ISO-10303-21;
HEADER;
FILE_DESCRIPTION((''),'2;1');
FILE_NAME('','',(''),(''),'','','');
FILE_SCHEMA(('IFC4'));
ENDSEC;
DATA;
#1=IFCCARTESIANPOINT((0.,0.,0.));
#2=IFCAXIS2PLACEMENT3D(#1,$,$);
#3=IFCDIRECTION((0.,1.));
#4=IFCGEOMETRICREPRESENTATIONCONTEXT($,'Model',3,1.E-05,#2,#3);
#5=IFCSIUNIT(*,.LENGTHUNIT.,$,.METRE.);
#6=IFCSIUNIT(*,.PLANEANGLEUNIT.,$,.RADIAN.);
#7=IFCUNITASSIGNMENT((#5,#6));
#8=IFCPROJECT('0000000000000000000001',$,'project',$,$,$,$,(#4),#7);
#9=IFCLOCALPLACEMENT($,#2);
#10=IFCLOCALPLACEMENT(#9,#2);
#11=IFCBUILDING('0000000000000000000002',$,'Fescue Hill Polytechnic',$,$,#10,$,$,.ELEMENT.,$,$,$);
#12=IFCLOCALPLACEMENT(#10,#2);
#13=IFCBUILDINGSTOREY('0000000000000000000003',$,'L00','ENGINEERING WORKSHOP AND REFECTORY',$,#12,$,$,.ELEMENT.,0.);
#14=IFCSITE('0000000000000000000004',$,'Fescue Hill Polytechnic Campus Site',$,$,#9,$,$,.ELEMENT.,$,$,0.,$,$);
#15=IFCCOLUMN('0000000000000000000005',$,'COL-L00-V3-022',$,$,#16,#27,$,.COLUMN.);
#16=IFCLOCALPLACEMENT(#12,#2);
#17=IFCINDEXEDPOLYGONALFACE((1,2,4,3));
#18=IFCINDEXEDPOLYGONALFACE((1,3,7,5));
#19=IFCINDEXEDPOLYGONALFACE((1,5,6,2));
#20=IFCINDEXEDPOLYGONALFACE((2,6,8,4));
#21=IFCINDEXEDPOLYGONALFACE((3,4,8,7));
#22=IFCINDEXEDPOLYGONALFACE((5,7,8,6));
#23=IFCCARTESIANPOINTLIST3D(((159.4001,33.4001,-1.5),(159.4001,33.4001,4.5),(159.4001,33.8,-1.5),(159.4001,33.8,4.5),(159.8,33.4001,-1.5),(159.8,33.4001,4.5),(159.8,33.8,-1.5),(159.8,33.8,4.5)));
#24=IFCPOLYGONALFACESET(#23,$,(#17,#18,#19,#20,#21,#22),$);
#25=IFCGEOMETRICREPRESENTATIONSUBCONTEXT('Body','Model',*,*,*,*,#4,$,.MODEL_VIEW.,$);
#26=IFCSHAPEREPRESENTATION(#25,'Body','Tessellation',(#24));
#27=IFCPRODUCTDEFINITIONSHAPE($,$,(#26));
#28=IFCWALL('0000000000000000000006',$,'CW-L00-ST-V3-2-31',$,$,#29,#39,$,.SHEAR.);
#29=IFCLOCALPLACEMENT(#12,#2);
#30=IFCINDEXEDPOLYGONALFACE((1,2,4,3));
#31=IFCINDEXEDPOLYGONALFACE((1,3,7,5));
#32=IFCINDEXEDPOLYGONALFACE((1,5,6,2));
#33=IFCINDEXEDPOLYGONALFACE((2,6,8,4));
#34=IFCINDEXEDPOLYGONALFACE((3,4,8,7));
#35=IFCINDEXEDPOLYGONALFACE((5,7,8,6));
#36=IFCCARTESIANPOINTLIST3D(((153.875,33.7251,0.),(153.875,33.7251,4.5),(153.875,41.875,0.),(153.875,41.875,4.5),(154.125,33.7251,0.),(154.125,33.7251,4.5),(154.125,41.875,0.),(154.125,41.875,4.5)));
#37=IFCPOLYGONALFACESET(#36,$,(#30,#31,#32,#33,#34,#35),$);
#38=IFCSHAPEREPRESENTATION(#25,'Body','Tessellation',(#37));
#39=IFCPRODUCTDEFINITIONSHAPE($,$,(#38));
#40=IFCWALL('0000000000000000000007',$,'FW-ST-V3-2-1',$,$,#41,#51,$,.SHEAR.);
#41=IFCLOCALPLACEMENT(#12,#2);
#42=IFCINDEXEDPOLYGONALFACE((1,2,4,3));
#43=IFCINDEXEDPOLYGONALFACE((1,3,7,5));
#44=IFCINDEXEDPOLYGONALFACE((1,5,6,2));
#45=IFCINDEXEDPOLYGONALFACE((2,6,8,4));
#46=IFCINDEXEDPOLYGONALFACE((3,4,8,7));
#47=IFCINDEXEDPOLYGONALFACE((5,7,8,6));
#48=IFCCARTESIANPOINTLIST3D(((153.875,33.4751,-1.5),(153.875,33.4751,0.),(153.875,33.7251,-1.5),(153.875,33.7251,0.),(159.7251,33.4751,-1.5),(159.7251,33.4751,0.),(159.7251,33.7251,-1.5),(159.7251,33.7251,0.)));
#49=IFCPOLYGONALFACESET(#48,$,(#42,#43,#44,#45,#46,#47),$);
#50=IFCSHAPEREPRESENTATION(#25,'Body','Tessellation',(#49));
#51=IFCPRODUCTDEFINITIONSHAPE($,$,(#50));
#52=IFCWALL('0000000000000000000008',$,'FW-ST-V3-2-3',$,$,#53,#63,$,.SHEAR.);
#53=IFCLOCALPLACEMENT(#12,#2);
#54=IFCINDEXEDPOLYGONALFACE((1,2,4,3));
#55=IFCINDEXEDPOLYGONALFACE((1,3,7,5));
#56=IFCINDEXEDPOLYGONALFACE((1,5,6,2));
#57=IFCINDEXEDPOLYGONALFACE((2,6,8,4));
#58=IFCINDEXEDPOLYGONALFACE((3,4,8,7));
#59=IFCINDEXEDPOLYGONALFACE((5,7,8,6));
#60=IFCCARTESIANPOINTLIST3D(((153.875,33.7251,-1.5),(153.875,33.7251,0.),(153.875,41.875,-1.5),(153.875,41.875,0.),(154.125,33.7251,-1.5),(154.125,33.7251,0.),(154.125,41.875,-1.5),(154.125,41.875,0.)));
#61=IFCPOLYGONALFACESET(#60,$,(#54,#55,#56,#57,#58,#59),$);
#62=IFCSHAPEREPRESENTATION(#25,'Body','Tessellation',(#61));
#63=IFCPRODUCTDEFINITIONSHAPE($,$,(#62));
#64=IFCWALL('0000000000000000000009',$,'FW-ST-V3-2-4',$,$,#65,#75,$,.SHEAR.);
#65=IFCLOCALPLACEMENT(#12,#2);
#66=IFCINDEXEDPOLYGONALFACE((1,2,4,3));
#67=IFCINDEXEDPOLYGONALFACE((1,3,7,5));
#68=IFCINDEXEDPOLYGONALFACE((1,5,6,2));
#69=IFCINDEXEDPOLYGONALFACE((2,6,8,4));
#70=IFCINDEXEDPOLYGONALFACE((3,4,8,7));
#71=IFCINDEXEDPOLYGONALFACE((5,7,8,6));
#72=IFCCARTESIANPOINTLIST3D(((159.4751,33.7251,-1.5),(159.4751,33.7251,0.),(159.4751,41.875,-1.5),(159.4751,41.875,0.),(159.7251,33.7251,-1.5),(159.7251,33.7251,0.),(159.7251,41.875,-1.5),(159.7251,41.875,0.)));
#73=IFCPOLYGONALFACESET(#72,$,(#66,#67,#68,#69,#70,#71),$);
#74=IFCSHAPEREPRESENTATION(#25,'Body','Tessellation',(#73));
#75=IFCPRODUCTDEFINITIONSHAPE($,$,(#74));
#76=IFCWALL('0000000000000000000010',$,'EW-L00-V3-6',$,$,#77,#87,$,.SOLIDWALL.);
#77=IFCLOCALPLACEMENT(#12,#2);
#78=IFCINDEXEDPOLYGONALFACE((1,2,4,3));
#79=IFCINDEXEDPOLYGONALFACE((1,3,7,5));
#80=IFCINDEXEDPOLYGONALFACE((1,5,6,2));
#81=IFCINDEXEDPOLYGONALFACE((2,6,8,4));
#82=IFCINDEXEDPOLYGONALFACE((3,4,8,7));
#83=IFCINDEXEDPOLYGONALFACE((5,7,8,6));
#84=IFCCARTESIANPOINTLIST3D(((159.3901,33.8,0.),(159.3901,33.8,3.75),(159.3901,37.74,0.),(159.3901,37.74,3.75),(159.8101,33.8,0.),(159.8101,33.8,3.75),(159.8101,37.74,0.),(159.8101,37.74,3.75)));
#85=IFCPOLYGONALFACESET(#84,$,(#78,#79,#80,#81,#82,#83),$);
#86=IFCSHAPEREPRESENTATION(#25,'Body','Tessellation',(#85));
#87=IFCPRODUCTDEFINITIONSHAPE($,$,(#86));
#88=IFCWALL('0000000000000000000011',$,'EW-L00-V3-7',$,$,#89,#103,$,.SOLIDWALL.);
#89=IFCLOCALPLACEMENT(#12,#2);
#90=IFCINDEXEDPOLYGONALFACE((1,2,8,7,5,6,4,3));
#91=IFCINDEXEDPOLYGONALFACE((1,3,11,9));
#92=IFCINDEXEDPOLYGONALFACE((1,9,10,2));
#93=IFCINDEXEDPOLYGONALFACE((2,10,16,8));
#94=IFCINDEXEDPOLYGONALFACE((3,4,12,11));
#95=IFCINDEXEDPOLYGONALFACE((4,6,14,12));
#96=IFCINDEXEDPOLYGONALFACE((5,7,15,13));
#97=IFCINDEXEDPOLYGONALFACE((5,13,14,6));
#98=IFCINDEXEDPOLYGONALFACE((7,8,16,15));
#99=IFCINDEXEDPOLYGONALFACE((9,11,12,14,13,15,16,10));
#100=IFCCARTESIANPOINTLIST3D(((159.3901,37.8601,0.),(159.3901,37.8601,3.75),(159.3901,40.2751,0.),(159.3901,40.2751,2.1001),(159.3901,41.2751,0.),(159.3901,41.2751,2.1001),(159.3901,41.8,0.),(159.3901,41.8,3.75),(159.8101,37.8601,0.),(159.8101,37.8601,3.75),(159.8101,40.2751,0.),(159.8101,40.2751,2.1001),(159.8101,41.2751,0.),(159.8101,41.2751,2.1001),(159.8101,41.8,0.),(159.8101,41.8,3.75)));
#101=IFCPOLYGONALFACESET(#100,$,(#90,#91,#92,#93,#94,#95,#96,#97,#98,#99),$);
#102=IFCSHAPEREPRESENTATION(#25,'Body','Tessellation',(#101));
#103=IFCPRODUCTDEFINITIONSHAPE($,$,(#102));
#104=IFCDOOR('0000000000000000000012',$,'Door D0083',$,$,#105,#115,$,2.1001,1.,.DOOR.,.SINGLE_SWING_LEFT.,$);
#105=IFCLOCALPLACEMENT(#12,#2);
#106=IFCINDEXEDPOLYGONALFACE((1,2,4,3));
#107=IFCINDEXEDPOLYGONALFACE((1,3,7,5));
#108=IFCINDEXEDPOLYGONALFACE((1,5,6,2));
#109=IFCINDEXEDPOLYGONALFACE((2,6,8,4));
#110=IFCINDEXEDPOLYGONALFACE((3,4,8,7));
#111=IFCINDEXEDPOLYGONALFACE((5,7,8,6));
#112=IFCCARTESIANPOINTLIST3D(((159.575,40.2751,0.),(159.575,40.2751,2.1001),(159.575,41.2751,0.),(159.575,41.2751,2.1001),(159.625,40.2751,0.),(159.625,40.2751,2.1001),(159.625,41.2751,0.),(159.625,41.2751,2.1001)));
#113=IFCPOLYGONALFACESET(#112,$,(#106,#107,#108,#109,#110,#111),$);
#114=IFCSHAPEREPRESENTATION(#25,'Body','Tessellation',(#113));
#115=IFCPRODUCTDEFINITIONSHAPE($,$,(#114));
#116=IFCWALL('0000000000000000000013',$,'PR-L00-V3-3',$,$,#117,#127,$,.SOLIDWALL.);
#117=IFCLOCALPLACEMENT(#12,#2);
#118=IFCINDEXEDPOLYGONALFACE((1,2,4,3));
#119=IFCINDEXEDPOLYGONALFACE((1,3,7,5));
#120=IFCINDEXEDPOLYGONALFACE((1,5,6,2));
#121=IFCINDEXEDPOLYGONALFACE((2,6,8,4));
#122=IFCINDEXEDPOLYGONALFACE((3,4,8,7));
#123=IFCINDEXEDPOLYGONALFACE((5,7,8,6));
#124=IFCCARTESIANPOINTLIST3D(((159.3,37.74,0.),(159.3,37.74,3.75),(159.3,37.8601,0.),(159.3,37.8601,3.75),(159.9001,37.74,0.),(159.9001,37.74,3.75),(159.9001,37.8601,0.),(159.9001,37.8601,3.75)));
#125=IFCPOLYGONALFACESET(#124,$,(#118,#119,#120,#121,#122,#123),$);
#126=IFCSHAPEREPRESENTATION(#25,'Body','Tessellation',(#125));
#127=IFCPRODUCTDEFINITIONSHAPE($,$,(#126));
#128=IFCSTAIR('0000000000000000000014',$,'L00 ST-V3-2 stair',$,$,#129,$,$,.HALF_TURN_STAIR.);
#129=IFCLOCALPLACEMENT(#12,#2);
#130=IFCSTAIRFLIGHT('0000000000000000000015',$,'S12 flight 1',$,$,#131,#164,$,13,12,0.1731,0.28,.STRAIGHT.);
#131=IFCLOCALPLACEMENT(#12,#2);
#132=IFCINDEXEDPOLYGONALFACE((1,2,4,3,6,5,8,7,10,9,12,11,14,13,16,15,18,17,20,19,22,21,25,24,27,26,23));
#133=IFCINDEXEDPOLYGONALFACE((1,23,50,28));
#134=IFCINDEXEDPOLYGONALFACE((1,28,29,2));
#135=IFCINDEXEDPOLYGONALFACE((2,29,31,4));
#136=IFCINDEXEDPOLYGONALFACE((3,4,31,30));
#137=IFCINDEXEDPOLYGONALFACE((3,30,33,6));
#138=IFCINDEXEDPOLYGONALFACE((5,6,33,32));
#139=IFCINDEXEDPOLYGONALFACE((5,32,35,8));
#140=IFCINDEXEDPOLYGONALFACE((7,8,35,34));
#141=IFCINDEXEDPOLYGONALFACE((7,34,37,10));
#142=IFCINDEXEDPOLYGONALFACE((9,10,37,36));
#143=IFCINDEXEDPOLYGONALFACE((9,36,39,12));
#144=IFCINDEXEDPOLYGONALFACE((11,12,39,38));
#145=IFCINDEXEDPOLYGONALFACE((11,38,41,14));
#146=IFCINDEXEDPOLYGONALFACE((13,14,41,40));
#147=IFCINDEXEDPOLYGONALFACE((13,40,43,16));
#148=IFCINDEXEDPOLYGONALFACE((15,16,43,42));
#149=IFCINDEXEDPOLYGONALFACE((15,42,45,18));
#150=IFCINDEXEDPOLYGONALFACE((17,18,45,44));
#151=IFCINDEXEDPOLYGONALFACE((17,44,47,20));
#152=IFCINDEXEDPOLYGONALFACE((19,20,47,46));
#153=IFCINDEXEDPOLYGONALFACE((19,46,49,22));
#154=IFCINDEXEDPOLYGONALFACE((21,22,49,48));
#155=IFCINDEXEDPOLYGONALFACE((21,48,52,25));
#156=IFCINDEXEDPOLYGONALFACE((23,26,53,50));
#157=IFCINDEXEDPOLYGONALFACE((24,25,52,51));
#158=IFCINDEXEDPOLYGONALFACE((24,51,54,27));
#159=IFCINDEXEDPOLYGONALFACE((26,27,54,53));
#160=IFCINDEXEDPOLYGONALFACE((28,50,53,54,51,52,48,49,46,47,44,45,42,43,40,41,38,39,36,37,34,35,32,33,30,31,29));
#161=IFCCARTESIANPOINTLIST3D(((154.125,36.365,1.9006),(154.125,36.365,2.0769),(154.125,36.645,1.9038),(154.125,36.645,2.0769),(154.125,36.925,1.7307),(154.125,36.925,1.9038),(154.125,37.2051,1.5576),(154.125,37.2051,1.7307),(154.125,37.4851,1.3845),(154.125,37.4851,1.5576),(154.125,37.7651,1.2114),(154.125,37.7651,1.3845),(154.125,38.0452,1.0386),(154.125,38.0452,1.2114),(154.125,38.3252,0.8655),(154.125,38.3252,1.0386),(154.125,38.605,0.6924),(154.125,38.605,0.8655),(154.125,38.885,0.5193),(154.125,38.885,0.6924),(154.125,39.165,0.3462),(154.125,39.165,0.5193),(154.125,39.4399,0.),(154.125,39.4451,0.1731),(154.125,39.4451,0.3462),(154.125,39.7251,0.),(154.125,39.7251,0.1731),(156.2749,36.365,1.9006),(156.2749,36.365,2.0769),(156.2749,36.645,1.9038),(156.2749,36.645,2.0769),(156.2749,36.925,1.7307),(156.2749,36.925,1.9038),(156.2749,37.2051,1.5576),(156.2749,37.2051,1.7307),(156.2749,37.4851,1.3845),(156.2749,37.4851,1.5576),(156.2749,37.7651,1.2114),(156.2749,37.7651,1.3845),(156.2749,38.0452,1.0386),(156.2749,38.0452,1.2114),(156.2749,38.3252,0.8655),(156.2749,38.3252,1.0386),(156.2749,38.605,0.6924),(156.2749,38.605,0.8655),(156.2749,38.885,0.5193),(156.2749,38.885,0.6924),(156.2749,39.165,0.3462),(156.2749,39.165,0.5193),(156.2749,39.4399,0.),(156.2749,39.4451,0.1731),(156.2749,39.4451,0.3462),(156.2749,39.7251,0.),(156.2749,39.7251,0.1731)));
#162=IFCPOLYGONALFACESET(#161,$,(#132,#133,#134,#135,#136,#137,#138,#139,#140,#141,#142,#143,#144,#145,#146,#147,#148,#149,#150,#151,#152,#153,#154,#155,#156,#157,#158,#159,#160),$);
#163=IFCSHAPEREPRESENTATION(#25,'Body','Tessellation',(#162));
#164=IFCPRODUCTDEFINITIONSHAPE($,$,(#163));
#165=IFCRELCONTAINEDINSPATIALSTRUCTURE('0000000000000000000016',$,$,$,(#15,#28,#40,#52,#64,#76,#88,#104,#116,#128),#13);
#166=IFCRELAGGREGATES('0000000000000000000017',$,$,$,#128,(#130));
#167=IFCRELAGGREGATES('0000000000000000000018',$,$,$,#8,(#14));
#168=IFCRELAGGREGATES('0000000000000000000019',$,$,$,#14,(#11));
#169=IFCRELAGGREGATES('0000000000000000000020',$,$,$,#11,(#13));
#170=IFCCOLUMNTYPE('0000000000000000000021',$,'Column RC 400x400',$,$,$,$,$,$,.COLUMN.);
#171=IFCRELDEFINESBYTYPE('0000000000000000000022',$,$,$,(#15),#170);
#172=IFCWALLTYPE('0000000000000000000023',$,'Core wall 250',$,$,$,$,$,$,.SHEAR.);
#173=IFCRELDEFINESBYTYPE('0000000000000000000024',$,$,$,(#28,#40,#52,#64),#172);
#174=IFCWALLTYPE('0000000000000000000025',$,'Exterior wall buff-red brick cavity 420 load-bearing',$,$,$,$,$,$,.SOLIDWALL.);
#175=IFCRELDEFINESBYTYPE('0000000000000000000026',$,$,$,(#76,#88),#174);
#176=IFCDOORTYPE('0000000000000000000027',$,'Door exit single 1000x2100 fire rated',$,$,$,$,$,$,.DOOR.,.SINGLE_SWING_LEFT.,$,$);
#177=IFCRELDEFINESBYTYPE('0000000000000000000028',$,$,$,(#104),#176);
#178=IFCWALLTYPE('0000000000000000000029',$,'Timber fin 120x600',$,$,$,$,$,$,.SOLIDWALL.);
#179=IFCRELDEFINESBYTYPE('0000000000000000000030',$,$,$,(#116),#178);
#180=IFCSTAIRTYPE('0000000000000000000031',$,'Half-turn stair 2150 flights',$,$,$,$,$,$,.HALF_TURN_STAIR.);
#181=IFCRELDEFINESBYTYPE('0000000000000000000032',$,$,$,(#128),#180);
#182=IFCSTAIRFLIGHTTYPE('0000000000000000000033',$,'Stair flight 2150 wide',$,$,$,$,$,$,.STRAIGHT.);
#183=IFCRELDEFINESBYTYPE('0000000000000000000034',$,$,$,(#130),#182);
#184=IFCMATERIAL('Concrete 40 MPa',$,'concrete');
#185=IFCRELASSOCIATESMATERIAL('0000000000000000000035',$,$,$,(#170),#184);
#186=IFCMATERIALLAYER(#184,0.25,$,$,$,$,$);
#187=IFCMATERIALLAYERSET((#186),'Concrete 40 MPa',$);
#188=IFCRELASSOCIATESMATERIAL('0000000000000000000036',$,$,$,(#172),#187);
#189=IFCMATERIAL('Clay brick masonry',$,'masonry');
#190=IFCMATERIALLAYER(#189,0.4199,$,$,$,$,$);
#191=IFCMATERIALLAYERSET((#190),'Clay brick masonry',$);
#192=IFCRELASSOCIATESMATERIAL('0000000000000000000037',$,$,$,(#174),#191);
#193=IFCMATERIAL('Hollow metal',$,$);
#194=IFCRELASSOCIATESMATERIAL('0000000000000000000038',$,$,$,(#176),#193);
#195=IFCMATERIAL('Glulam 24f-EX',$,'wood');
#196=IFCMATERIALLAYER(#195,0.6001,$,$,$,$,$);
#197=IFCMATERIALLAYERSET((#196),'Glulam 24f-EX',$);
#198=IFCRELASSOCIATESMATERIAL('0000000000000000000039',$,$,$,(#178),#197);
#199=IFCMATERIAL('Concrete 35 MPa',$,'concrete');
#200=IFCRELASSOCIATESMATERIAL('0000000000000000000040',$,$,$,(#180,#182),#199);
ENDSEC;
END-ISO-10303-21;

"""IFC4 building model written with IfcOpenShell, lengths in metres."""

from ifc_helpers import new_model, si_unit, direction, frame, frame_2d, origin, origin_2d, place, context, subcontext, project, spatial, polyline, rectangle, outline, extrude, material, layer, layer_set, material_profile, profile_set, type_object, element, fill, aggregate, save


model = new_model("IFC4")

# Units and contexts
model_context = context("Model", 3, precision=1e-05, world=origin(), true_north=direction((0.0, 1.0)))
body_context = subcontext(model_context, "Body", "Model", "MODEL_VIEW")
ifc_project = project(units=[si_unit("LENGTHUNIT", "METRE"), si_unit("PLANEANGLEUNIT", "RADIAN")], contexts=[model_context])

# Site, building, storey
site_placement = place(None, origin())
site = spatial("IfcSite", under=ifc_project, at=site_placement, Name="Fescue Hill Polytechnic Campus Site", CompositionType="ELEMENT", RefElevation=0.0)
building_placement = place(site_placement, origin())
building = spatial("IfcBuilding", under=site, at=building_placement, Name="Fescue Hill Polytechnic", CompositionType="ELEMENT")
storey_placement = place(building_placement, origin())
storey = spatial("IfcBuildingStorey", under=building, at=storey_placement, Name="L00", Description="ENGINEERING WORKSHOP AND REFECTORY", CompositionType="ELEMENT", Elevation=0.0)

# Column
ifc_material_1 = material(Name="Concrete 40 MPa", Category="concrete")
ifc_material_profile = material_profile(ifc_material_1, rectangle(XDim=0.3999, YDim=0.3999, at=origin_2d()), Name="RC 400x400")
ifc_profile_set = profile_set([ifc_material_profile], Name="Concrete 40 MPa")
column_type = type_object("IfcColumnType", Name="Column RC 400x400", PredefinedType="COLUMN", material=ifc_profile_set)
column_placement = place(storey_placement, frame((159.6001, 33.6001, -1.5), z_axis=(0.0, 0.0, 1.0), x_axis=(1.0, 0.0, 0.0)))
element("IfcColumn", 1, at=column_placement, inside=storey, type_object=column_type, Name="COL-L00-V3-022", PredefinedType="COLUMN", context=body_context, shape_type="SweptSolid", body=[
    extrude(rectangle(XDim=0.3999, YDim=0.3999, at=origin_2d()), origin(), (0.0, 0.0, 1.0), 6.0),
])

# Walls
ifc_layer_1 = layer(ifc_material_1, 0.25)
ifc_layer_set_1 = layer_set([ifc_layer_1], Name="Concrete 40 MPa")
wall_type_1 = type_object("IfcWallType", Name="Core wall 250", PredefinedType="SHEAR", material=ifc_layer_set_1)
wall_1_placement = place(storey_placement, frame((154.0, 33.7251, 0.0), z_axis=(0.0, 0.0, 1.0), x_axis=(0.0, 1.0, 0.0)))
element("IfcWall", 2, at=wall_1_placement, inside=storey, type_object=wall_type_1, Name="CW-L00-ST-V3-2-31", PredefinedType="SHEAR", context=body_context, shape_type="SweptSolid", body=[
    extrude(rectangle(XDim=8.1499, YDim=0.25, at=frame_2d((4.075, 0.0))), origin(), (0.0, 0.0, 1.0), 4.5),
])
wall_2_placement = place(storey_placement, frame((153.875, 33.6001, -1.5), z_axis=(0.0, 0.0, 1.0), x_axis=(1.0, 0.0, 0.0)))
element("IfcWall", 3, at=wall_2_placement, inside=storey, type_object=wall_type_1, Name="FW-ST-V3-2-1", PredefinedType="SHEAR", context=body_context, shape_type="SweptSolid", body=[
    extrude(rectangle(XDim=5.8501, YDim=0.25, at=frame_2d((2.925, 0.0))), origin(), (0.0, 0.0, 1.0), 1.5),
])
for number, where, z_axis, x_axis, name in (
    (4, (154.0, 33.7251, -1.5), (0.0, 0.0, 1.0), (0.0, 1.0, 0.0), "FW-ST-V3-2-3"),
    (5, (159.6001, 33.7251, -1.5), (0.0, 0.0, 1.0), (0.0, 1.0, 0.0), "FW-ST-V3-2-4"),
):
    element("IfcWall", number, at=place(storey_placement, frame(where, z_axis=z_axis, x_axis=x_axis)), inside=storey, type_object=wall_type_1, Name=name, PredefinedType="SHEAR", context=body_context, shape_type="SweptSolid", body=[
        extrude(rectangle(XDim=8.1499, YDim=0.25, at=frame_2d((4.075, 0.0))), origin(), (0.0, 0.0, 1.0), 1.5),
    ])
ifc_material_2 = material(Name="Clay brick masonry", Category="masonry")
ifc_layer_2 = layer(ifc_material_2, 0.4199)
ifc_layer_set_2 = layer_set([ifc_layer_2], Name="Clay brick masonry")
wall_type_2 = type_object("IfcWallType", Name="Exterior wall buff-red brick cavity 420 load-bearing", PredefinedType="SOLIDWALL", material=ifc_layer_set_2)
wall_3_placement = place(storey_placement, frame((159.6001, 33.8, 0.0), z_axis=(0.0, 0.0, 1.0), x_axis=(0.0, 1.0, 0.0)))
element("IfcWall", 6, at=wall_3_placement, inside=storey, type_object=wall_type_2, Name="EW-L00-V3-6", PredefinedType="SOLIDWALL", context=body_context, shape_type="SweptSolid", body=[
    extrude(rectangle(XDim=3.9399, YDim=0.4199, at=frame_2d((1.97, 0.0))), origin(), (0.0, 0.0, 1.0), 3.75),
])

# Wall, opening, door
wall_4_placement = place(storey_placement, frame((159.6001, 37.8601, 0.0), z_axis=(0.0, 0.0, 1.0), x_axis=(0.0, 1.0, 0.0)))
wall_4 = element("IfcWall", 7, at=wall_4_placement, inside=storey, type_object=wall_type_2, Name="EW-L00-V3-7", PredefinedType="SOLIDWALL", context=body_context, shape_type="SweptSolid", body=[
    extrude(rectangle(XDim=3.9399, YDim=0.4199, at=frame_2d((1.97, 0.0))), origin(), (0.0, 0.0, 1.0), 3.75),
])
opening_placement = place(wall_4_placement, frame((3.415, 0.0, 0.0), z_axis=(0.0, 0.0, 1.0), x_axis=(-1.0, 0.0, 0.0)))
opening = element("IfcOpeningElement", 8, at=opening_placement, cuts=wall_4, PredefinedType="OPENING", context=body_context, shape_type="SweptSolid", body=[
    extrude(rectangle(XDim=1.0, YDim=2.1001, at=frame_2d((0.5, 1.05))), frame((0.0, 0.22, 0.0), z_axis=(0.0, -1.0, 0.0), x_axis=(1.0, 0.0, 0.0)), (0.0, 0.0, 1.0), 0.4399),
])
ifc_material_3 = material(Name="Hollow metal")
door_type = type_object("IfcDoorType", Name="Door exit single 1000x2100 fire rated", OperationType="SINGLE_SWING_LEFT", PredefinedType="DOOR", material=ifc_material_3)
door_placement = place(opening_placement, origin())
door = element("IfcDoor", 9, at=door_placement, inside=storey, type_object=door_type, Name="Door D0083", OperationType="SINGLE_SWING_LEFT", OverallHeight=2.1001, OverallWidth=1.0, PredefinedType="DOOR", context=body_context, shape_type="SweptSolid", body=[
    extrude(rectangle(XDim=1.0, YDim=2.1001, at=frame_2d((0.5, 1.05))), frame((0.0, 0.0249, 0.0), z_axis=(0.0, -1.0, 0.0), x_axis=(1.0, 0.0, 0.0)), (0.0, 0.0, 1.0), 0.05),
])
fill(opening, door)

# Wall
ifc_material_4 = material(Name="Glulam 24f-EX", Category="wood")
ifc_layer_3 = layer(ifc_material_4, 0.6001)
ifc_layer_set_3 = layer_set([ifc_layer_3], Name="Glulam 24f-EX")
wall_type_3 = type_object("IfcWallType", Name="Timber fin 120x600", PredefinedType="SOLIDWALL", material=ifc_layer_set_3)
wall_5_placement = place(storey_placement, frame((159.6001, 37.74, 0.0), z_axis=(0.0, 0.0, 1.0), x_axis=(0.0, 1.0, 0.0)))
element("IfcWall", 10, at=wall_5_placement, inside=storey, type_object=wall_type_3, Name="PR-L00-V3-3", PredefinedType="SOLIDWALL", context=body_context, shape_type="SweptSolid", body=[
    extrude(rectangle(XDim=0.1201, YDim=0.6001, at=frame_2d((0.0601, 0.0))), origin(), (0.0, 0.0, 1.0), 3.75),
])

# Stair, stair flight
ifc_material_5 = material(Name="Concrete 35 MPa", Category="concrete")
stair_type = type_object("IfcStairType", Name="Half-turn stair 2150 flights", PredefinedType="HALF_TURN_STAIR", material=ifc_material_5)
stair_placement = place(storey_placement, origin())
stair = element("IfcStair", 11, at=stair_placement, inside=storey, type_object=stair_type, Name="L00 ST-V3-2 stair", PredefinedType="HALF_TURN_STAIR")
stair_flight_type = type_object("IfcStairFlightType", Name="Stair flight 2150 wide", PredefinedType="STRAIGHT", material=ifc_material_5)
stair_flight_1_placement = place(storey_placement, frame((155.2, 39.7251, 0.0), z_axis=(0.0, 0.0, 1.0), x_axis=(0.0, -1.0, 0.0)))
stair_flight_1 = element("IfcStairFlight", 12, at=stair_flight_1_placement, type_object=stair_flight_type, Name="S12 flight 1", NumberOfRisers=13, NumberOfTreads=12, PredefinedType="STRAIGHT", RiserHeight=0.1731, TreadLength=0.28, context=body_context, shape_type="SweptSolid", body=[
    extrude(outline(polyline([(0.0, 0.0), (0.0, 0.1731), (0.28, 0.1731), (0.28, 0.3462), (0.5601, 0.3462), (0.5601, 0.5193), (0.8401, 0.5193), (0.8401, 0.6924), (1.1201, 0.6924), (1.1201, 0.8655), (1.3999, 0.8655), (1.3999, 1.0386), (1.6799, 1.0386), (1.6799, 1.2114), (1.96, 1.2114), (1.96, 1.3845), (2.24, 1.3845), (2.24, 1.5576), (2.52, 1.5576), (2.52, 1.7307), (2.8, 1.7307), (2.8, 1.9038), (3.0801, 1.9038), (3.0801, 2.0769), (3.3601, 2.0769), (3.3601, 2.25), (3.3601, 1.9006), (0.2852, 0.0), (0.0, 0.0)])), frame((0.0, 1.075, 0.0), z_axis=(0.0, -1.0, 0.0), x_axis=(1.0, 0.0, 0.0)), (0.0, 0.0, 1.0), 2.1499),
])
aggregate(stair, [stair_flight_1])

save(model, "model.ifc")
